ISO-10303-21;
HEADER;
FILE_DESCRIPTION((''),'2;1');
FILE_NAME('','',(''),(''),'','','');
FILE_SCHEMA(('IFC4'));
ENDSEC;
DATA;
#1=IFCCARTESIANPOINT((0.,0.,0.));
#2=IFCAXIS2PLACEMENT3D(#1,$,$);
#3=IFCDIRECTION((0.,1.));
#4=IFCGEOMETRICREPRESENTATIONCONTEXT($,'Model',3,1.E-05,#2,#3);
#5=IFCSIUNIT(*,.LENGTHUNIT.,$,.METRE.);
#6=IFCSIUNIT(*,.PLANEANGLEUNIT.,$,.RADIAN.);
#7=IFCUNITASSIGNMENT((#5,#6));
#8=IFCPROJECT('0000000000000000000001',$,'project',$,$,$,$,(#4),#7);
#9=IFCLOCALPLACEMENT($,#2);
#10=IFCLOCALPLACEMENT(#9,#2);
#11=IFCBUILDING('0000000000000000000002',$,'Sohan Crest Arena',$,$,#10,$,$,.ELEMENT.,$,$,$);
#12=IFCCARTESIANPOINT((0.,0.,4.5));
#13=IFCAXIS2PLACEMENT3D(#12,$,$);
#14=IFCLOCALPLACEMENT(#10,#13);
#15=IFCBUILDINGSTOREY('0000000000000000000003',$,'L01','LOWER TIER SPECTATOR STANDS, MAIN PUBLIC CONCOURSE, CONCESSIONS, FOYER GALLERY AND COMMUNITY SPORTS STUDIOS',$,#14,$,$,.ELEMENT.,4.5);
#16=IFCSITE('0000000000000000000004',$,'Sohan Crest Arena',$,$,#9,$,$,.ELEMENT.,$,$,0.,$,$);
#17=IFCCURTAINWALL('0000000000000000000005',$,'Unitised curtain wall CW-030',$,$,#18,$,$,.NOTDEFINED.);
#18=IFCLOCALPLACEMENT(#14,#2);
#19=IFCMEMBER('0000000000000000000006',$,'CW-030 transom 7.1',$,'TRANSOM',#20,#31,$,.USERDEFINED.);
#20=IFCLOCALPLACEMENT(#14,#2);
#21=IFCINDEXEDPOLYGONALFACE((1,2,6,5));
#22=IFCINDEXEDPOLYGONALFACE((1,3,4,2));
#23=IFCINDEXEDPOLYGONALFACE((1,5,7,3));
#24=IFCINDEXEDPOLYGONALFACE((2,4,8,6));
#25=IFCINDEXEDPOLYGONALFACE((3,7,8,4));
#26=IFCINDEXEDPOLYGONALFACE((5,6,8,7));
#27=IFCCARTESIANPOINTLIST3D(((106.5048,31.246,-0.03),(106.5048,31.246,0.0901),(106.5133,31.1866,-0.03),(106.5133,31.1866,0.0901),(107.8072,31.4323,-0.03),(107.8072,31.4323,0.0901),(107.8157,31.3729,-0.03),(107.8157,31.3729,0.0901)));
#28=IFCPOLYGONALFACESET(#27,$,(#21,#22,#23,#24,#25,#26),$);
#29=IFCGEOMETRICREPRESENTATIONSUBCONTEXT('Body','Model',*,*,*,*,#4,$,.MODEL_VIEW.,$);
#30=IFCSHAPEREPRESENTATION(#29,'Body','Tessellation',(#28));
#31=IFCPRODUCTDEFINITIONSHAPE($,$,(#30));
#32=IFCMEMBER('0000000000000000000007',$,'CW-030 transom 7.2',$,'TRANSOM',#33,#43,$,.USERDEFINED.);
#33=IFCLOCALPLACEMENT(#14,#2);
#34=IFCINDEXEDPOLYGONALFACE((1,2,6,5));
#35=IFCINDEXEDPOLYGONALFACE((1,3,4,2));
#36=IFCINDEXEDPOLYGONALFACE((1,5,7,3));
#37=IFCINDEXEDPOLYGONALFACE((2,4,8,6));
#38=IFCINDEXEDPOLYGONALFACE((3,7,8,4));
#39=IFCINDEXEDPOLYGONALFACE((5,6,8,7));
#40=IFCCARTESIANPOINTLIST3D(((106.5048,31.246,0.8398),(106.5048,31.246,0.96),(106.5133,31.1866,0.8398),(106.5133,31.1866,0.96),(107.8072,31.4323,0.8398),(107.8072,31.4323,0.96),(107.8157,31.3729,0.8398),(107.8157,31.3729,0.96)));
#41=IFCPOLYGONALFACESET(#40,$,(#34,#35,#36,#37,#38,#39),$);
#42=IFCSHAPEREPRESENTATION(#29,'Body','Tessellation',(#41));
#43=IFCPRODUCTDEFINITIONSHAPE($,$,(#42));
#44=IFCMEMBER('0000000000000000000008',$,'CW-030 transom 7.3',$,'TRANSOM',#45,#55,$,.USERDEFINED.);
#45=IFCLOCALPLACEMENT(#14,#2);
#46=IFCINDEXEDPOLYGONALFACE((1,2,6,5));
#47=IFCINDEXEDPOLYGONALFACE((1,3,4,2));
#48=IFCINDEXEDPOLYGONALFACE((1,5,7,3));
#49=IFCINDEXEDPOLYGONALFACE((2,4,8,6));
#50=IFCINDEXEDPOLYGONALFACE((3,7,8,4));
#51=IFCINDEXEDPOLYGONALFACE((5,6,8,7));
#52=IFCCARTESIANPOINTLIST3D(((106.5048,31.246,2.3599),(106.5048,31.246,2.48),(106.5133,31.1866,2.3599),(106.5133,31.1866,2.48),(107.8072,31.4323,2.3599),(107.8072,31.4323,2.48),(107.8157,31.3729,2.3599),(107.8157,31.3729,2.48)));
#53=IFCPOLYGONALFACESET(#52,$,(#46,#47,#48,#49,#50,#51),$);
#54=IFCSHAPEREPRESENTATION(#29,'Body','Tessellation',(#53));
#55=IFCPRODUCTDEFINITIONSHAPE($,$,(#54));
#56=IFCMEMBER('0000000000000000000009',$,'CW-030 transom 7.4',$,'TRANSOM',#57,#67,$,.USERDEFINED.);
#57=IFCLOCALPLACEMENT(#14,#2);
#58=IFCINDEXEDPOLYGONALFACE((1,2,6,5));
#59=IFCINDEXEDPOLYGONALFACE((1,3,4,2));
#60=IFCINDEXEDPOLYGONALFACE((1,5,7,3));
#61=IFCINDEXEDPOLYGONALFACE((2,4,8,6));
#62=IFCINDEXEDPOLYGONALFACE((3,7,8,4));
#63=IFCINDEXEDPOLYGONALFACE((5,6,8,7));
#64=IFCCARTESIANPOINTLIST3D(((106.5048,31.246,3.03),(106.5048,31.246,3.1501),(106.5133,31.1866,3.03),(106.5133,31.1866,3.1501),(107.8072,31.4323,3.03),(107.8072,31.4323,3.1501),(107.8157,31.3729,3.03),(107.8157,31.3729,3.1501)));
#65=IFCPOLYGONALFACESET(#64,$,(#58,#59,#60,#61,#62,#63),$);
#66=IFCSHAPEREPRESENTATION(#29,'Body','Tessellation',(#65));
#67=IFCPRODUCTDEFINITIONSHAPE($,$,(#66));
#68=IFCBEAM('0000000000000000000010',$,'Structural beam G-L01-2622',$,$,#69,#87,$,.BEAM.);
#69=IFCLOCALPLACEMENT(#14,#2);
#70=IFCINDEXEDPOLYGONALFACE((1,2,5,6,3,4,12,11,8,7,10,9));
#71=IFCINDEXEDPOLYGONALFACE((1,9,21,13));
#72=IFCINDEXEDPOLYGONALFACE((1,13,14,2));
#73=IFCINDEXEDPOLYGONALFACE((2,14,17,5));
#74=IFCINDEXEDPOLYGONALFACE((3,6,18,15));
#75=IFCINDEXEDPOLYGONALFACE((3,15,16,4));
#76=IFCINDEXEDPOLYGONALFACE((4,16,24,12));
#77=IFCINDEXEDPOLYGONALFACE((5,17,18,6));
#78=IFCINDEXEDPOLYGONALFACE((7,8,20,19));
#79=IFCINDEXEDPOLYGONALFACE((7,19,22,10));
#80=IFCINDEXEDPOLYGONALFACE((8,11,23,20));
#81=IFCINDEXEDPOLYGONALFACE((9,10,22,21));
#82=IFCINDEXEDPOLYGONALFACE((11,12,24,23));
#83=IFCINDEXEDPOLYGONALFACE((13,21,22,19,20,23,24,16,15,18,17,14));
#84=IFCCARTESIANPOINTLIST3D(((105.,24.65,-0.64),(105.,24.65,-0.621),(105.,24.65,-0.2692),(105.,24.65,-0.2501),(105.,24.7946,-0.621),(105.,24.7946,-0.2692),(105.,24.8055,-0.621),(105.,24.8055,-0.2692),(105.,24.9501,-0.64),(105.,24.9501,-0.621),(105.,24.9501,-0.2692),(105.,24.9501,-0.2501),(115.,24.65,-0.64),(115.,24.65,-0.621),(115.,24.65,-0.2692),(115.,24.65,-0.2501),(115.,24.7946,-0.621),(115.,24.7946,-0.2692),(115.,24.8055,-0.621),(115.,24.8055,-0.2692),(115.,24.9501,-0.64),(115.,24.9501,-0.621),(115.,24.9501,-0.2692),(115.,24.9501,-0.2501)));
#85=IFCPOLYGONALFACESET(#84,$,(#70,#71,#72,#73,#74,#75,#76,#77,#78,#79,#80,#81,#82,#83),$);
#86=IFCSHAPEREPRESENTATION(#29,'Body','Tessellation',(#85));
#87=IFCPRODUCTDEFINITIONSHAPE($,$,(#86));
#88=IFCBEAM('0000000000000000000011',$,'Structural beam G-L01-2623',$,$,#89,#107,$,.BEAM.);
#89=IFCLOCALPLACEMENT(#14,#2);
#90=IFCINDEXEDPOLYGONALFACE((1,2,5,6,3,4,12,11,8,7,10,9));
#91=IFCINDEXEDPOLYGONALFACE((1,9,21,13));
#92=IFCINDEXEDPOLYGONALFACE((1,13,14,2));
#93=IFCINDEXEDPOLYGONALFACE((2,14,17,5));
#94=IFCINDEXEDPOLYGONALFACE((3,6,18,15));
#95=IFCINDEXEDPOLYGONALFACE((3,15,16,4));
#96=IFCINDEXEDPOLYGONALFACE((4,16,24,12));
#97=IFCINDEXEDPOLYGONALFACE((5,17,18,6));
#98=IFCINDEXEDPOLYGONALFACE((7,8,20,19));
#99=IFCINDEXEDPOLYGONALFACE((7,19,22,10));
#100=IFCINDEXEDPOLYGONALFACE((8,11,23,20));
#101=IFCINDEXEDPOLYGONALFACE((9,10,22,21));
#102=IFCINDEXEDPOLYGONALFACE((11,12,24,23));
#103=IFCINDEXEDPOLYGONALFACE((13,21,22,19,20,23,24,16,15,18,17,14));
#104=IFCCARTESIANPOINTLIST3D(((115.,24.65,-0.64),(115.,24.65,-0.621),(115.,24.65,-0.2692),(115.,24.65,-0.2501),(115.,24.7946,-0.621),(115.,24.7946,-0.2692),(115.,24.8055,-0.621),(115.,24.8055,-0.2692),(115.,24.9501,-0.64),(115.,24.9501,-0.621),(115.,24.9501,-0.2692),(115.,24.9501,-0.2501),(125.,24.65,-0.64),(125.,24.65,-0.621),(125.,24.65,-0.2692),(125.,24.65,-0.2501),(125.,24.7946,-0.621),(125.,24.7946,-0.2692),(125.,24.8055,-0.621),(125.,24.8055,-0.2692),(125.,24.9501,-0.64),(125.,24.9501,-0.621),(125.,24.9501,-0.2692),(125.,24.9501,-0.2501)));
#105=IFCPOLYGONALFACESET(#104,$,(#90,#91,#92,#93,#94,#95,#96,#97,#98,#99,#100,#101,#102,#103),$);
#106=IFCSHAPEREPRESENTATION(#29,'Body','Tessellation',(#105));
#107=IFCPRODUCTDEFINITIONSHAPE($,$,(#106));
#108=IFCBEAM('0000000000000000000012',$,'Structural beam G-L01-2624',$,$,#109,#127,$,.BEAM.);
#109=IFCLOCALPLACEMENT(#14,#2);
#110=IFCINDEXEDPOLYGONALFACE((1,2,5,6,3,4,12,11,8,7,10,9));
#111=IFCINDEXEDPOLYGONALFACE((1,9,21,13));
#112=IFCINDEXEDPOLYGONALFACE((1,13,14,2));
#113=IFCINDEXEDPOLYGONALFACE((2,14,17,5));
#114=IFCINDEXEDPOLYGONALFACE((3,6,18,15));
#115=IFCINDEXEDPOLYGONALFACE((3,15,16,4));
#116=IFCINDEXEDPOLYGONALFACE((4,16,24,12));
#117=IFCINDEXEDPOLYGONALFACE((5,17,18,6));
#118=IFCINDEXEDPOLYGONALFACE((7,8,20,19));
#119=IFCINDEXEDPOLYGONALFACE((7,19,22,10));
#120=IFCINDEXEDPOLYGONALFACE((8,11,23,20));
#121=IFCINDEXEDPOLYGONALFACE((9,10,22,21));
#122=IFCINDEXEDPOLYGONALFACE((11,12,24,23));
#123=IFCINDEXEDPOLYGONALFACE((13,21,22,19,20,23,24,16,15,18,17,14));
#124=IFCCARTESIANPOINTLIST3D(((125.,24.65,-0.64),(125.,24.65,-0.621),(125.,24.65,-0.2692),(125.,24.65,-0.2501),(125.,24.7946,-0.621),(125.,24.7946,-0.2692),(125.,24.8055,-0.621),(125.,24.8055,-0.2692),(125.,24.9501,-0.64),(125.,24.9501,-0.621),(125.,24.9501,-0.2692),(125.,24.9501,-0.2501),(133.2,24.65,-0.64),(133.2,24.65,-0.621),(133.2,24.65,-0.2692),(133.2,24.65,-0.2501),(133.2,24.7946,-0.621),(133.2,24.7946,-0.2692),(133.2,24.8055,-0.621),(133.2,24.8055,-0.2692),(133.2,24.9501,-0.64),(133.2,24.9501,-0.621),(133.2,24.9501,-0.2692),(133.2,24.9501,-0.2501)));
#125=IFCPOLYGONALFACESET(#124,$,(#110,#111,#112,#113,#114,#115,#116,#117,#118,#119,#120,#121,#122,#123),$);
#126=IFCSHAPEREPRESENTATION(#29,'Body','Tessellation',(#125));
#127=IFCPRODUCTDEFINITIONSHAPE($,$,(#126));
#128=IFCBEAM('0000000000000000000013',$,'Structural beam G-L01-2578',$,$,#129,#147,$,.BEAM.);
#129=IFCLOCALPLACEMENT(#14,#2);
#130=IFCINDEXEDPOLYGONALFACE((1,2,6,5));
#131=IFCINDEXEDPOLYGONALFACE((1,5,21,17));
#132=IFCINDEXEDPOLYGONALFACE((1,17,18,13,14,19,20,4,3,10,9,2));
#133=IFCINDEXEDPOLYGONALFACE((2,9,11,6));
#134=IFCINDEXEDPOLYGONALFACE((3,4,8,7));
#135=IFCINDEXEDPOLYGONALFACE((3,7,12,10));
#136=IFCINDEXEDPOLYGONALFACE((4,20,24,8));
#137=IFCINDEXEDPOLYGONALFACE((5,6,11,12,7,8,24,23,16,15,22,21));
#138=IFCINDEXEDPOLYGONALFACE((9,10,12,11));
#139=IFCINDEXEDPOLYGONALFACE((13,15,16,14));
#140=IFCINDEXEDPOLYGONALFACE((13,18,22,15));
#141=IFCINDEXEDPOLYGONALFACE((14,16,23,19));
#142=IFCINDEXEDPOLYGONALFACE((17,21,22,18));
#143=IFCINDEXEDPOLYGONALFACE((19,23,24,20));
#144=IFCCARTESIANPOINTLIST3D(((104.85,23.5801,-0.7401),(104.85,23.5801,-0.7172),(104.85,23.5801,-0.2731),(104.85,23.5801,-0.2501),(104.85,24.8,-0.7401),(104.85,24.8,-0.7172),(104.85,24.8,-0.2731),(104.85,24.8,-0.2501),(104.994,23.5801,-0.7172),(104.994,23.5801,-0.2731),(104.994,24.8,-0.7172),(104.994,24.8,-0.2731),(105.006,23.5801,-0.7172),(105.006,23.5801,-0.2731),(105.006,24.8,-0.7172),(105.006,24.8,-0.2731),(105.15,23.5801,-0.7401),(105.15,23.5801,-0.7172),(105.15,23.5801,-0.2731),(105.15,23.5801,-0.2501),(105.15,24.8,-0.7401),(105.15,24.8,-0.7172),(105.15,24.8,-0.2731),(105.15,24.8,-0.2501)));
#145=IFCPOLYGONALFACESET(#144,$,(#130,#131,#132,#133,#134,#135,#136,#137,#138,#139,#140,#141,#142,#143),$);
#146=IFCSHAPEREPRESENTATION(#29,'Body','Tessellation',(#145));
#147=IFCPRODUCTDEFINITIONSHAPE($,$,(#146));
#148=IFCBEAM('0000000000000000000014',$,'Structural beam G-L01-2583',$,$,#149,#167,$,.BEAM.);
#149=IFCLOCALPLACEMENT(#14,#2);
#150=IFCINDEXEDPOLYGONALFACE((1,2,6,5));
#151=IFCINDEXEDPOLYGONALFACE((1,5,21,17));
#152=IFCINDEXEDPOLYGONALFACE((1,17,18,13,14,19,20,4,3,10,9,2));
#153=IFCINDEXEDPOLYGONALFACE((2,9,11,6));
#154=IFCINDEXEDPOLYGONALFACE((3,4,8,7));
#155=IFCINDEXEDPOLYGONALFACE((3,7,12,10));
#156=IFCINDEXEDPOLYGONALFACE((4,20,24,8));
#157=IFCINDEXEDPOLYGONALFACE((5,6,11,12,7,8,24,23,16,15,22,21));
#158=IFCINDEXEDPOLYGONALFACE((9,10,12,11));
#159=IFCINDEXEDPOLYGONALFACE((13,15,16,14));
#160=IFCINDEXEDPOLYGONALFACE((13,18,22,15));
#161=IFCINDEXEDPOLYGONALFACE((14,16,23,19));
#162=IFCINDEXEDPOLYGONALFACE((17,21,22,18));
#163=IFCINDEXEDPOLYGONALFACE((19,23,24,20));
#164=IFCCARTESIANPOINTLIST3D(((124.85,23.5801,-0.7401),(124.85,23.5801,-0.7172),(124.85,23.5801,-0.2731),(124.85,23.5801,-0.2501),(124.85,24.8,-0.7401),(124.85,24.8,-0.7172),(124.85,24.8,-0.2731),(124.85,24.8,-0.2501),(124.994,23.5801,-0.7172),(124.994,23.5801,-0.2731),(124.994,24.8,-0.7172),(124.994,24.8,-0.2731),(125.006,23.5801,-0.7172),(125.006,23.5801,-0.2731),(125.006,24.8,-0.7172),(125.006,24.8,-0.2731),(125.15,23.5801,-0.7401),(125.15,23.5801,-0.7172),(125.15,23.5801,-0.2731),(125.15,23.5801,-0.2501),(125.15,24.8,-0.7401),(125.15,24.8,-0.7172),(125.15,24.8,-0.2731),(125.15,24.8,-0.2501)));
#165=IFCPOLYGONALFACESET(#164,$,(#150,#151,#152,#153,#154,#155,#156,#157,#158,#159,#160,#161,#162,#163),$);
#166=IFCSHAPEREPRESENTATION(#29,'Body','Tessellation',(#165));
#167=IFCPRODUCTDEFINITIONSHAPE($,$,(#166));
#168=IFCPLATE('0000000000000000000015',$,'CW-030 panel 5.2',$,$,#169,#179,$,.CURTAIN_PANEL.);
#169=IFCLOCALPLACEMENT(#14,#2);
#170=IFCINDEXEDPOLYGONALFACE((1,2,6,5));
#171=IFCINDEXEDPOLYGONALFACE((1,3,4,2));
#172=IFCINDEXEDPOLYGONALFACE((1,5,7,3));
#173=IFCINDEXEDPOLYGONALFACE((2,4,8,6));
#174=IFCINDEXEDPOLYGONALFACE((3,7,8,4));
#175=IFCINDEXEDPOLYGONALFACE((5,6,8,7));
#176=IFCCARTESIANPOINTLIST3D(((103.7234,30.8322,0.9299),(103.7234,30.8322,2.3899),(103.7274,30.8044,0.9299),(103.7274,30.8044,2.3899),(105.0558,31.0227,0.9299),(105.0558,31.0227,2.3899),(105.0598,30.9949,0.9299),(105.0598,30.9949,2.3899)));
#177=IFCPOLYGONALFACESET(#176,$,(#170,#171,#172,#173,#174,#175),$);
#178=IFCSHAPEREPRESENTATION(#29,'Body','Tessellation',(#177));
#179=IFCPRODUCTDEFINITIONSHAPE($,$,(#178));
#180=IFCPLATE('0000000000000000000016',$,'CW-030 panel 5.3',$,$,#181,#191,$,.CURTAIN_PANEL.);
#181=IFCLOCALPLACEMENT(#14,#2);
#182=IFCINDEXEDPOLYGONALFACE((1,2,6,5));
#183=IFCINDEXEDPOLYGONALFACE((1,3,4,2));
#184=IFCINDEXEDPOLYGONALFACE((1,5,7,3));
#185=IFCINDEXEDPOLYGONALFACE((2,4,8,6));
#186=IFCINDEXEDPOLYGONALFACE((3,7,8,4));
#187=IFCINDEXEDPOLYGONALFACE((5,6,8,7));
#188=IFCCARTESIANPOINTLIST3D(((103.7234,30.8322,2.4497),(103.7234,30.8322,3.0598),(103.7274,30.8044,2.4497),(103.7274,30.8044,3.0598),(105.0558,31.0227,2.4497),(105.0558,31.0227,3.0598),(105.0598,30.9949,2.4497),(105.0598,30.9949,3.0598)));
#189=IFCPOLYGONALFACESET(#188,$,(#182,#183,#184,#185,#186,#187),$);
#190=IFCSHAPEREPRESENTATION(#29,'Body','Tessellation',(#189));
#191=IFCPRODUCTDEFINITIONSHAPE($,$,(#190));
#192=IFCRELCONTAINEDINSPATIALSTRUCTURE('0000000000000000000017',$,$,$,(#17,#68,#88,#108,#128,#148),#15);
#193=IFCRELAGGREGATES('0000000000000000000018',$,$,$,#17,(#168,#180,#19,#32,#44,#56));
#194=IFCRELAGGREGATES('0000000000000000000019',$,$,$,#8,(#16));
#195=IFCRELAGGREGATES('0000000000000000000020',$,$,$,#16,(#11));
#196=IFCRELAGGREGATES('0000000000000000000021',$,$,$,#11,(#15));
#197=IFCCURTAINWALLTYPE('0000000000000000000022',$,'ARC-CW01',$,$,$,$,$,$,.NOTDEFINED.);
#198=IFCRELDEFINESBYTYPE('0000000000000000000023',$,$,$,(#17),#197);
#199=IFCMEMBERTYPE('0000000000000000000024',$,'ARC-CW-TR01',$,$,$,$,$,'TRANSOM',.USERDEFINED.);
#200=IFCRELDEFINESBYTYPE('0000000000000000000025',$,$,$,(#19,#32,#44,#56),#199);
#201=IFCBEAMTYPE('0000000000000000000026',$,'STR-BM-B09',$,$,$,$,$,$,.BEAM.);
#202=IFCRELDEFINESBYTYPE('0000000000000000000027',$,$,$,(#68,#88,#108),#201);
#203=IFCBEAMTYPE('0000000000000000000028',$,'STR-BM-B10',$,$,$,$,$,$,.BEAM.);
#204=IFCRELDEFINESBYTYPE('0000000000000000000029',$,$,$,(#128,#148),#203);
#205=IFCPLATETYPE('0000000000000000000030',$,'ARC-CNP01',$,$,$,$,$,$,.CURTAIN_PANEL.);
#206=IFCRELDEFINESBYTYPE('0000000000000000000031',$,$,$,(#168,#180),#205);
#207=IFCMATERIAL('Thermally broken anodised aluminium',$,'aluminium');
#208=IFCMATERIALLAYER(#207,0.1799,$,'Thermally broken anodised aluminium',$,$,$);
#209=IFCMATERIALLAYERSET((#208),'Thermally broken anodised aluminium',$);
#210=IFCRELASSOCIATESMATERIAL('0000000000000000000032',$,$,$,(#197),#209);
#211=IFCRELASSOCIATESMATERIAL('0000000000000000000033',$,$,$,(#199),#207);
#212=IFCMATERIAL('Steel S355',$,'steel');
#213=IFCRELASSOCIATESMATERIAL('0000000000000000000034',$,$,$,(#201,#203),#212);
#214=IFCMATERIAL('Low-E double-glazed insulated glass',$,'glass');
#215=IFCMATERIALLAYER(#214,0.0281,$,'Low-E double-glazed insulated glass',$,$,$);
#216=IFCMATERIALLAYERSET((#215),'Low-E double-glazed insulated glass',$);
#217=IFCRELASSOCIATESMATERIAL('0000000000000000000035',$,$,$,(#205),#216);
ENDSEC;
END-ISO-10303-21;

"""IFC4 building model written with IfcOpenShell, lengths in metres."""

from ifc_helpers import new_model, si_unit, direction, frame, origin, origin_2d, place, context, subcontext, project, spatial, rectangle, i_section, extrude, material, layer, layer_set, material_profile, profile_set, type_object, element, aggregate, save


model = new_model("IFC4")

# Units and contexts
model_context = context("Model", 3, precision=1e-05, world=origin(), true_north=direction((0.0, 1.0)))
body_context = subcontext(model_context, "Body", "Model", "MODEL_VIEW")
ifc_project = project(units=[si_unit("LENGTHUNIT", "METRE"), si_unit("PLANEANGLEUNIT", "RADIAN")], contexts=[model_context])

# Site, building, storey
site_placement = place(None, origin())
site = spatial("IfcSite", under=ifc_project, at=site_placement, Name="Sohan Crest Arena", CompositionType="ELEMENT", RefElevation=0.0)
building_placement = place(site_placement, origin())
building = spatial("IfcBuilding", under=site, at=building_placement, Name="Sohan Crest Arena", CompositionType="ELEMENT")
storey_placement = place(building_placement, frame((0.0, 0.0, 4.5)))
storey = spatial("IfcBuildingStorey", under=building, at=storey_placement, Name="L01", Description="LOWER TIER SPECTATOR STANDS, MAIN PUBLIC CONCOURSE, CONCESSIONS, FOYER GALLERY AND COMMUNITY SPORTS STUDIOS", CompositionType="ELEMENT", Elevation=4.5)

# Shared definitions
ifc_material_1 = material(Name="Steel S355", Category="steel")

# Curtain wall, members
ifc_material_2 = material(Name="Thermally broken anodised aluminium", Category="aluminium")
ifc_layer_1 = layer(ifc_material_2, 0.1799, Name="Thermally broken anodised aluminium")
ifc_layer_set_1 = layer_set([ifc_layer_1], Name="Thermally broken anodised aluminium")
curtain_wall_type = type_object("IfcCurtainWallType", Name="ARC-CW01", PredefinedType="NOTDEFINED", material=ifc_layer_set_1)
curtain_wall_placement = place(storey_placement, origin())
curtain_wall = element("IfcCurtainWall", 1, at=curtain_wall_placement, inside=storey, type_object=curtain_wall_type, Name="Unitised curtain wall CW-030", PredefinedType="NOTDEFINED")
ifc_material_profile_1 = material_profile(ifc_material_2, rectangle(XDim=0.0601, YDim=0.1201, at=origin_2d()), Name="ALU-TRAN 60x120")
ifc_profile_set_1 = profile_set([ifc_material_profile_1], Name="Thermally broken anodised aluminium")
member_type_1 = type_object("IfcMemberType", Name="ARC-CW-TR01", ElementType="TRANSOM", PredefinedType="USERDEFINED", material=ifc_profile_set_1)
member_1_placement = place(storey_placement, frame((106.509, 31.2163, 0.03), z_axis=(0.989927, 0.141577, 0.0), x_axis=(-0.141577, 0.989927, 0.0)))
member_1 = element("IfcMember", 2, at=member_1_placement, type_object=member_type_1, Name="CW-030 transom 7.1", ObjectType="TRANSOM", PredefinedType="USERDEFINED", context=body_context, shape_type="SweptSolid", body=[
    extrude(rectangle(XDim=0.0601, YDim=0.1201, at=origin_2d()), origin(), (0.0, 0.0, 1.0), 1.3157),
])
member_2_placement = place(storey_placement, frame((106.509, 31.2163, 0.8999), z_axis=(0.989927, 0.141577, 0.0), x_axis=(-0.141577, 0.989927, 0.0)))
member_2 = element("IfcMember", 3, at=member_2_placement, type_object=member_type_1, Name="CW-030 transom 7.2", ObjectType="TRANSOM", PredefinedType="USERDEFINED", context=body_context, shape_type="SweptSolid", body=[
    extrude(rectangle(XDim=0.0601, YDim=0.1201, at=origin_2d()), origin(), (0.0, 0.0, 1.0), 1.3157),
])
member_3_placement = place(storey_placement, frame((106.509, 31.2163, 2.4199), z_axis=(0.989927, 0.141577, 0.0), x_axis=(-0.141577, 0.989927, 0.0)))
member_3 = element("IfcMember", 4, at=member_3_placement, type_object=member_type_1, Name="CW-030 transom 7.3", ObjectType="TRANSOM", PredefinedType="USERDEFINED", context=body_context, shape_type="SweptSolid", body=[
    extrude(rectangle(XDim=0.0601, YDim=0.1201, at=origin_2d()), origin(), (0.0, 0.0, 1.0), 1.3157),
])
member_4_placement = place(storey_placement, frame((106.509, 31.2163, 3.0901), z_axis=(0.989927, 0.141577, 0.0), x_axis=(-0.141577, 0.989927, 0.0)))
member_4 = element("IfcMember", 5, at=member_4_placement, type_object=member_type_1, Name="CW-030 transom 7.4", ObjectType="TRANSOM", PredefinedType="USERDEFINED", context=body_context, shape_type="SweptSolid", body=[
    extrude(rectangle(XDim=0.0601, YDim=0.1201, at=origin_2d()), origin(), (0.0, 0.0, 1.0), 1.3157),
])

# Beams
ifc_material_profile_2 = material_profile(ifc_material_1, i_section(OverallWidth=0.3, OverallDepth=0.3899, WebThickness=0.011, FlangeThickness=0.019, at=origin_2d()), Name="HEA 400")
ifc_profile_set_2 = profile_set([ifc_material_profile_2], Name="Steel S355")
beam_type_1 = type_object("IfcBeamType", Name="STR-BM-B09", PredefinedType="BEAM", material=ifc_profile_set_2)
for number, where, z_axis, x_axis, name in (
    (6, (105.0, 24.8, -0.4451), (1.0, 0.0, 0.0), (0.0, 1.0, 0.0), "Structural beam G-L01-2622"),
    (7, (115.0, 24.8, -0.4451), (1.0, 0.0, 0.0), (0.0, 1.0, 0.0), "Structural beam G-L01-2623"),
):
    element("IfcBeam", number, at=place(storey_placement, frame(where, z_axis=z_axis, x_axis=x_axis)), inside=storey, type_object=beam_type_1, Name=name, PredefinedType="BEAM", context=body_context, shape_type="SweptSolid", body=[
        extrude(i_section(OverallWidth=0.3, OverallDepth=0.3899, WebThickness=0.011, FlangeThickness=0.019, at=origin_2d()), origin(), (0.0, 0.0, 1.0), 10.0),
    ])
beam_placement = place(storey_placement, frame((125.0, 24.8, -0.4451), z_axis=(1.0, 0.0, 0.0), x_axis=(0.0, 1.0, 0.0)))
element("IfcBeam", 8, at=beam_placement, inside=storey, type_object=beam_type_1, Name="Structural beam G-L01-2624", PredefinedType="BEAM", context=body_context, shape_type="SweptSolid", body=[
    extrude(i_section(OverallWidth=0.3, OverallDepth=0.3899, WebThickness=0.011, FlangeThickness=0.019, at=origin_2d()), origin(), (0.0, 0.0, 1.0), 8.2),
])
ifc_material_profile_3 = material_profile(ifc_material_1, i_section(OverallWidth=0.3, OverallDepth=0.49, WebThickness=0.012, FlangeThickness=0.0229, at=origin_2d()), Name="HEA 500")
ifc_profile_set_3 = profile_set([ifc_material_profile_3], Name="Steel S355")
beam_type_2 = type_object("IfcBeamType", Name="STR-BM-B10", PredefinedType="BEAM", material=ifc_profile_set_3)
for number, where, z_axis, x_axis, name in (
    (9, (105.0, 23.5801, -0.4951), (0.0, 1.0, 0.0), (-1.0, 0.0, 0.0), "Structural beam G-L01-2578"),
    (10, (125.0, 23.5801, -0.4951), (0.0, 1.0, 0.0), (-1.0, 0.0, 0.0), "Structural beam G-L01-2583"),
):
    element("IfcBeam", number, at=place(storey_placement, frame(where, z_axis=z_axis, x_axis=x_axis)), inside=storey, type_object=beam_type_2, Name=name, PredefinedType="BEAM", context=body_context, shape_type="SweptSolid", body=[
        extrude(i_section(OverallWidth=0.3, OverallDepth=0.49, WebThickness=0.012, FlangeThickness=0.0229, at=origin_2d()), origin(), (0.0, 0.0, 1.0), 1.22),
    ])

# Plates
ifc_material_3 = material(Name="Low-E double-glazed insulated glass", Category="glass")
ifc_layer_2 = layer(ifc_material_3, 0.0281, Name="Low-E double-glazed insulated glass")
ifc_layer_set_2 = layer_set([ifc_layer_2], Name="Low-E double-glazed insulated glass")
plate_type = type_object("IfcPlateType", Name="ARC-CNP01", PredefinedType="CURTAIN_PANEL", material=ifc_layer_set_2)
plate_1_placement = place(storey_placement, frame((104.3916, 30.9136, 0.9299), z_axis=(0.0, 0.0, 1.0), x_axis=(0.989931, 0.141549, 0.0)))
plate_1 = element("IfcPlate", 11, at=plate_1_placement, type_object=plate_type, Name="CW-030 panel 5.2", PredefinedType="CURTAIN_PANEL", context=body_context, shape_type="SweptSolid", body=[
    extrude(rectangle(XDim=1.3459, YDim=0.0281, at=origin_2d()), origin(), (0.0, 0.0, 1.0), 1.46),
])
plate_2_placement = place(storey_placement, frame((104.3916, 30.9136, 2.4497), z_axis=(0.0, 0.0, 1.0), x_axis=(0.989931, 0.141549, 0.0)))
plate_2 = element("IfcPlate", 12, at=plate_2_placement, type_object=plate_type, Name="CW-030 panel 5.3", PredefinedType="CURTAIN_PANEL", context=body_context, shape_type="SweptSolid", body=[
    extrude(rectangle(XDim=1.3459, YDim=0.0281, at=origin_2d()), origin(), (0.0, 0.0, 1.0), 0.6101),
])
aggregate(curtain_wall, [plate_1, plate_2, member_1, member_2, member_3, member_4])

save(model, "model.ifc")
